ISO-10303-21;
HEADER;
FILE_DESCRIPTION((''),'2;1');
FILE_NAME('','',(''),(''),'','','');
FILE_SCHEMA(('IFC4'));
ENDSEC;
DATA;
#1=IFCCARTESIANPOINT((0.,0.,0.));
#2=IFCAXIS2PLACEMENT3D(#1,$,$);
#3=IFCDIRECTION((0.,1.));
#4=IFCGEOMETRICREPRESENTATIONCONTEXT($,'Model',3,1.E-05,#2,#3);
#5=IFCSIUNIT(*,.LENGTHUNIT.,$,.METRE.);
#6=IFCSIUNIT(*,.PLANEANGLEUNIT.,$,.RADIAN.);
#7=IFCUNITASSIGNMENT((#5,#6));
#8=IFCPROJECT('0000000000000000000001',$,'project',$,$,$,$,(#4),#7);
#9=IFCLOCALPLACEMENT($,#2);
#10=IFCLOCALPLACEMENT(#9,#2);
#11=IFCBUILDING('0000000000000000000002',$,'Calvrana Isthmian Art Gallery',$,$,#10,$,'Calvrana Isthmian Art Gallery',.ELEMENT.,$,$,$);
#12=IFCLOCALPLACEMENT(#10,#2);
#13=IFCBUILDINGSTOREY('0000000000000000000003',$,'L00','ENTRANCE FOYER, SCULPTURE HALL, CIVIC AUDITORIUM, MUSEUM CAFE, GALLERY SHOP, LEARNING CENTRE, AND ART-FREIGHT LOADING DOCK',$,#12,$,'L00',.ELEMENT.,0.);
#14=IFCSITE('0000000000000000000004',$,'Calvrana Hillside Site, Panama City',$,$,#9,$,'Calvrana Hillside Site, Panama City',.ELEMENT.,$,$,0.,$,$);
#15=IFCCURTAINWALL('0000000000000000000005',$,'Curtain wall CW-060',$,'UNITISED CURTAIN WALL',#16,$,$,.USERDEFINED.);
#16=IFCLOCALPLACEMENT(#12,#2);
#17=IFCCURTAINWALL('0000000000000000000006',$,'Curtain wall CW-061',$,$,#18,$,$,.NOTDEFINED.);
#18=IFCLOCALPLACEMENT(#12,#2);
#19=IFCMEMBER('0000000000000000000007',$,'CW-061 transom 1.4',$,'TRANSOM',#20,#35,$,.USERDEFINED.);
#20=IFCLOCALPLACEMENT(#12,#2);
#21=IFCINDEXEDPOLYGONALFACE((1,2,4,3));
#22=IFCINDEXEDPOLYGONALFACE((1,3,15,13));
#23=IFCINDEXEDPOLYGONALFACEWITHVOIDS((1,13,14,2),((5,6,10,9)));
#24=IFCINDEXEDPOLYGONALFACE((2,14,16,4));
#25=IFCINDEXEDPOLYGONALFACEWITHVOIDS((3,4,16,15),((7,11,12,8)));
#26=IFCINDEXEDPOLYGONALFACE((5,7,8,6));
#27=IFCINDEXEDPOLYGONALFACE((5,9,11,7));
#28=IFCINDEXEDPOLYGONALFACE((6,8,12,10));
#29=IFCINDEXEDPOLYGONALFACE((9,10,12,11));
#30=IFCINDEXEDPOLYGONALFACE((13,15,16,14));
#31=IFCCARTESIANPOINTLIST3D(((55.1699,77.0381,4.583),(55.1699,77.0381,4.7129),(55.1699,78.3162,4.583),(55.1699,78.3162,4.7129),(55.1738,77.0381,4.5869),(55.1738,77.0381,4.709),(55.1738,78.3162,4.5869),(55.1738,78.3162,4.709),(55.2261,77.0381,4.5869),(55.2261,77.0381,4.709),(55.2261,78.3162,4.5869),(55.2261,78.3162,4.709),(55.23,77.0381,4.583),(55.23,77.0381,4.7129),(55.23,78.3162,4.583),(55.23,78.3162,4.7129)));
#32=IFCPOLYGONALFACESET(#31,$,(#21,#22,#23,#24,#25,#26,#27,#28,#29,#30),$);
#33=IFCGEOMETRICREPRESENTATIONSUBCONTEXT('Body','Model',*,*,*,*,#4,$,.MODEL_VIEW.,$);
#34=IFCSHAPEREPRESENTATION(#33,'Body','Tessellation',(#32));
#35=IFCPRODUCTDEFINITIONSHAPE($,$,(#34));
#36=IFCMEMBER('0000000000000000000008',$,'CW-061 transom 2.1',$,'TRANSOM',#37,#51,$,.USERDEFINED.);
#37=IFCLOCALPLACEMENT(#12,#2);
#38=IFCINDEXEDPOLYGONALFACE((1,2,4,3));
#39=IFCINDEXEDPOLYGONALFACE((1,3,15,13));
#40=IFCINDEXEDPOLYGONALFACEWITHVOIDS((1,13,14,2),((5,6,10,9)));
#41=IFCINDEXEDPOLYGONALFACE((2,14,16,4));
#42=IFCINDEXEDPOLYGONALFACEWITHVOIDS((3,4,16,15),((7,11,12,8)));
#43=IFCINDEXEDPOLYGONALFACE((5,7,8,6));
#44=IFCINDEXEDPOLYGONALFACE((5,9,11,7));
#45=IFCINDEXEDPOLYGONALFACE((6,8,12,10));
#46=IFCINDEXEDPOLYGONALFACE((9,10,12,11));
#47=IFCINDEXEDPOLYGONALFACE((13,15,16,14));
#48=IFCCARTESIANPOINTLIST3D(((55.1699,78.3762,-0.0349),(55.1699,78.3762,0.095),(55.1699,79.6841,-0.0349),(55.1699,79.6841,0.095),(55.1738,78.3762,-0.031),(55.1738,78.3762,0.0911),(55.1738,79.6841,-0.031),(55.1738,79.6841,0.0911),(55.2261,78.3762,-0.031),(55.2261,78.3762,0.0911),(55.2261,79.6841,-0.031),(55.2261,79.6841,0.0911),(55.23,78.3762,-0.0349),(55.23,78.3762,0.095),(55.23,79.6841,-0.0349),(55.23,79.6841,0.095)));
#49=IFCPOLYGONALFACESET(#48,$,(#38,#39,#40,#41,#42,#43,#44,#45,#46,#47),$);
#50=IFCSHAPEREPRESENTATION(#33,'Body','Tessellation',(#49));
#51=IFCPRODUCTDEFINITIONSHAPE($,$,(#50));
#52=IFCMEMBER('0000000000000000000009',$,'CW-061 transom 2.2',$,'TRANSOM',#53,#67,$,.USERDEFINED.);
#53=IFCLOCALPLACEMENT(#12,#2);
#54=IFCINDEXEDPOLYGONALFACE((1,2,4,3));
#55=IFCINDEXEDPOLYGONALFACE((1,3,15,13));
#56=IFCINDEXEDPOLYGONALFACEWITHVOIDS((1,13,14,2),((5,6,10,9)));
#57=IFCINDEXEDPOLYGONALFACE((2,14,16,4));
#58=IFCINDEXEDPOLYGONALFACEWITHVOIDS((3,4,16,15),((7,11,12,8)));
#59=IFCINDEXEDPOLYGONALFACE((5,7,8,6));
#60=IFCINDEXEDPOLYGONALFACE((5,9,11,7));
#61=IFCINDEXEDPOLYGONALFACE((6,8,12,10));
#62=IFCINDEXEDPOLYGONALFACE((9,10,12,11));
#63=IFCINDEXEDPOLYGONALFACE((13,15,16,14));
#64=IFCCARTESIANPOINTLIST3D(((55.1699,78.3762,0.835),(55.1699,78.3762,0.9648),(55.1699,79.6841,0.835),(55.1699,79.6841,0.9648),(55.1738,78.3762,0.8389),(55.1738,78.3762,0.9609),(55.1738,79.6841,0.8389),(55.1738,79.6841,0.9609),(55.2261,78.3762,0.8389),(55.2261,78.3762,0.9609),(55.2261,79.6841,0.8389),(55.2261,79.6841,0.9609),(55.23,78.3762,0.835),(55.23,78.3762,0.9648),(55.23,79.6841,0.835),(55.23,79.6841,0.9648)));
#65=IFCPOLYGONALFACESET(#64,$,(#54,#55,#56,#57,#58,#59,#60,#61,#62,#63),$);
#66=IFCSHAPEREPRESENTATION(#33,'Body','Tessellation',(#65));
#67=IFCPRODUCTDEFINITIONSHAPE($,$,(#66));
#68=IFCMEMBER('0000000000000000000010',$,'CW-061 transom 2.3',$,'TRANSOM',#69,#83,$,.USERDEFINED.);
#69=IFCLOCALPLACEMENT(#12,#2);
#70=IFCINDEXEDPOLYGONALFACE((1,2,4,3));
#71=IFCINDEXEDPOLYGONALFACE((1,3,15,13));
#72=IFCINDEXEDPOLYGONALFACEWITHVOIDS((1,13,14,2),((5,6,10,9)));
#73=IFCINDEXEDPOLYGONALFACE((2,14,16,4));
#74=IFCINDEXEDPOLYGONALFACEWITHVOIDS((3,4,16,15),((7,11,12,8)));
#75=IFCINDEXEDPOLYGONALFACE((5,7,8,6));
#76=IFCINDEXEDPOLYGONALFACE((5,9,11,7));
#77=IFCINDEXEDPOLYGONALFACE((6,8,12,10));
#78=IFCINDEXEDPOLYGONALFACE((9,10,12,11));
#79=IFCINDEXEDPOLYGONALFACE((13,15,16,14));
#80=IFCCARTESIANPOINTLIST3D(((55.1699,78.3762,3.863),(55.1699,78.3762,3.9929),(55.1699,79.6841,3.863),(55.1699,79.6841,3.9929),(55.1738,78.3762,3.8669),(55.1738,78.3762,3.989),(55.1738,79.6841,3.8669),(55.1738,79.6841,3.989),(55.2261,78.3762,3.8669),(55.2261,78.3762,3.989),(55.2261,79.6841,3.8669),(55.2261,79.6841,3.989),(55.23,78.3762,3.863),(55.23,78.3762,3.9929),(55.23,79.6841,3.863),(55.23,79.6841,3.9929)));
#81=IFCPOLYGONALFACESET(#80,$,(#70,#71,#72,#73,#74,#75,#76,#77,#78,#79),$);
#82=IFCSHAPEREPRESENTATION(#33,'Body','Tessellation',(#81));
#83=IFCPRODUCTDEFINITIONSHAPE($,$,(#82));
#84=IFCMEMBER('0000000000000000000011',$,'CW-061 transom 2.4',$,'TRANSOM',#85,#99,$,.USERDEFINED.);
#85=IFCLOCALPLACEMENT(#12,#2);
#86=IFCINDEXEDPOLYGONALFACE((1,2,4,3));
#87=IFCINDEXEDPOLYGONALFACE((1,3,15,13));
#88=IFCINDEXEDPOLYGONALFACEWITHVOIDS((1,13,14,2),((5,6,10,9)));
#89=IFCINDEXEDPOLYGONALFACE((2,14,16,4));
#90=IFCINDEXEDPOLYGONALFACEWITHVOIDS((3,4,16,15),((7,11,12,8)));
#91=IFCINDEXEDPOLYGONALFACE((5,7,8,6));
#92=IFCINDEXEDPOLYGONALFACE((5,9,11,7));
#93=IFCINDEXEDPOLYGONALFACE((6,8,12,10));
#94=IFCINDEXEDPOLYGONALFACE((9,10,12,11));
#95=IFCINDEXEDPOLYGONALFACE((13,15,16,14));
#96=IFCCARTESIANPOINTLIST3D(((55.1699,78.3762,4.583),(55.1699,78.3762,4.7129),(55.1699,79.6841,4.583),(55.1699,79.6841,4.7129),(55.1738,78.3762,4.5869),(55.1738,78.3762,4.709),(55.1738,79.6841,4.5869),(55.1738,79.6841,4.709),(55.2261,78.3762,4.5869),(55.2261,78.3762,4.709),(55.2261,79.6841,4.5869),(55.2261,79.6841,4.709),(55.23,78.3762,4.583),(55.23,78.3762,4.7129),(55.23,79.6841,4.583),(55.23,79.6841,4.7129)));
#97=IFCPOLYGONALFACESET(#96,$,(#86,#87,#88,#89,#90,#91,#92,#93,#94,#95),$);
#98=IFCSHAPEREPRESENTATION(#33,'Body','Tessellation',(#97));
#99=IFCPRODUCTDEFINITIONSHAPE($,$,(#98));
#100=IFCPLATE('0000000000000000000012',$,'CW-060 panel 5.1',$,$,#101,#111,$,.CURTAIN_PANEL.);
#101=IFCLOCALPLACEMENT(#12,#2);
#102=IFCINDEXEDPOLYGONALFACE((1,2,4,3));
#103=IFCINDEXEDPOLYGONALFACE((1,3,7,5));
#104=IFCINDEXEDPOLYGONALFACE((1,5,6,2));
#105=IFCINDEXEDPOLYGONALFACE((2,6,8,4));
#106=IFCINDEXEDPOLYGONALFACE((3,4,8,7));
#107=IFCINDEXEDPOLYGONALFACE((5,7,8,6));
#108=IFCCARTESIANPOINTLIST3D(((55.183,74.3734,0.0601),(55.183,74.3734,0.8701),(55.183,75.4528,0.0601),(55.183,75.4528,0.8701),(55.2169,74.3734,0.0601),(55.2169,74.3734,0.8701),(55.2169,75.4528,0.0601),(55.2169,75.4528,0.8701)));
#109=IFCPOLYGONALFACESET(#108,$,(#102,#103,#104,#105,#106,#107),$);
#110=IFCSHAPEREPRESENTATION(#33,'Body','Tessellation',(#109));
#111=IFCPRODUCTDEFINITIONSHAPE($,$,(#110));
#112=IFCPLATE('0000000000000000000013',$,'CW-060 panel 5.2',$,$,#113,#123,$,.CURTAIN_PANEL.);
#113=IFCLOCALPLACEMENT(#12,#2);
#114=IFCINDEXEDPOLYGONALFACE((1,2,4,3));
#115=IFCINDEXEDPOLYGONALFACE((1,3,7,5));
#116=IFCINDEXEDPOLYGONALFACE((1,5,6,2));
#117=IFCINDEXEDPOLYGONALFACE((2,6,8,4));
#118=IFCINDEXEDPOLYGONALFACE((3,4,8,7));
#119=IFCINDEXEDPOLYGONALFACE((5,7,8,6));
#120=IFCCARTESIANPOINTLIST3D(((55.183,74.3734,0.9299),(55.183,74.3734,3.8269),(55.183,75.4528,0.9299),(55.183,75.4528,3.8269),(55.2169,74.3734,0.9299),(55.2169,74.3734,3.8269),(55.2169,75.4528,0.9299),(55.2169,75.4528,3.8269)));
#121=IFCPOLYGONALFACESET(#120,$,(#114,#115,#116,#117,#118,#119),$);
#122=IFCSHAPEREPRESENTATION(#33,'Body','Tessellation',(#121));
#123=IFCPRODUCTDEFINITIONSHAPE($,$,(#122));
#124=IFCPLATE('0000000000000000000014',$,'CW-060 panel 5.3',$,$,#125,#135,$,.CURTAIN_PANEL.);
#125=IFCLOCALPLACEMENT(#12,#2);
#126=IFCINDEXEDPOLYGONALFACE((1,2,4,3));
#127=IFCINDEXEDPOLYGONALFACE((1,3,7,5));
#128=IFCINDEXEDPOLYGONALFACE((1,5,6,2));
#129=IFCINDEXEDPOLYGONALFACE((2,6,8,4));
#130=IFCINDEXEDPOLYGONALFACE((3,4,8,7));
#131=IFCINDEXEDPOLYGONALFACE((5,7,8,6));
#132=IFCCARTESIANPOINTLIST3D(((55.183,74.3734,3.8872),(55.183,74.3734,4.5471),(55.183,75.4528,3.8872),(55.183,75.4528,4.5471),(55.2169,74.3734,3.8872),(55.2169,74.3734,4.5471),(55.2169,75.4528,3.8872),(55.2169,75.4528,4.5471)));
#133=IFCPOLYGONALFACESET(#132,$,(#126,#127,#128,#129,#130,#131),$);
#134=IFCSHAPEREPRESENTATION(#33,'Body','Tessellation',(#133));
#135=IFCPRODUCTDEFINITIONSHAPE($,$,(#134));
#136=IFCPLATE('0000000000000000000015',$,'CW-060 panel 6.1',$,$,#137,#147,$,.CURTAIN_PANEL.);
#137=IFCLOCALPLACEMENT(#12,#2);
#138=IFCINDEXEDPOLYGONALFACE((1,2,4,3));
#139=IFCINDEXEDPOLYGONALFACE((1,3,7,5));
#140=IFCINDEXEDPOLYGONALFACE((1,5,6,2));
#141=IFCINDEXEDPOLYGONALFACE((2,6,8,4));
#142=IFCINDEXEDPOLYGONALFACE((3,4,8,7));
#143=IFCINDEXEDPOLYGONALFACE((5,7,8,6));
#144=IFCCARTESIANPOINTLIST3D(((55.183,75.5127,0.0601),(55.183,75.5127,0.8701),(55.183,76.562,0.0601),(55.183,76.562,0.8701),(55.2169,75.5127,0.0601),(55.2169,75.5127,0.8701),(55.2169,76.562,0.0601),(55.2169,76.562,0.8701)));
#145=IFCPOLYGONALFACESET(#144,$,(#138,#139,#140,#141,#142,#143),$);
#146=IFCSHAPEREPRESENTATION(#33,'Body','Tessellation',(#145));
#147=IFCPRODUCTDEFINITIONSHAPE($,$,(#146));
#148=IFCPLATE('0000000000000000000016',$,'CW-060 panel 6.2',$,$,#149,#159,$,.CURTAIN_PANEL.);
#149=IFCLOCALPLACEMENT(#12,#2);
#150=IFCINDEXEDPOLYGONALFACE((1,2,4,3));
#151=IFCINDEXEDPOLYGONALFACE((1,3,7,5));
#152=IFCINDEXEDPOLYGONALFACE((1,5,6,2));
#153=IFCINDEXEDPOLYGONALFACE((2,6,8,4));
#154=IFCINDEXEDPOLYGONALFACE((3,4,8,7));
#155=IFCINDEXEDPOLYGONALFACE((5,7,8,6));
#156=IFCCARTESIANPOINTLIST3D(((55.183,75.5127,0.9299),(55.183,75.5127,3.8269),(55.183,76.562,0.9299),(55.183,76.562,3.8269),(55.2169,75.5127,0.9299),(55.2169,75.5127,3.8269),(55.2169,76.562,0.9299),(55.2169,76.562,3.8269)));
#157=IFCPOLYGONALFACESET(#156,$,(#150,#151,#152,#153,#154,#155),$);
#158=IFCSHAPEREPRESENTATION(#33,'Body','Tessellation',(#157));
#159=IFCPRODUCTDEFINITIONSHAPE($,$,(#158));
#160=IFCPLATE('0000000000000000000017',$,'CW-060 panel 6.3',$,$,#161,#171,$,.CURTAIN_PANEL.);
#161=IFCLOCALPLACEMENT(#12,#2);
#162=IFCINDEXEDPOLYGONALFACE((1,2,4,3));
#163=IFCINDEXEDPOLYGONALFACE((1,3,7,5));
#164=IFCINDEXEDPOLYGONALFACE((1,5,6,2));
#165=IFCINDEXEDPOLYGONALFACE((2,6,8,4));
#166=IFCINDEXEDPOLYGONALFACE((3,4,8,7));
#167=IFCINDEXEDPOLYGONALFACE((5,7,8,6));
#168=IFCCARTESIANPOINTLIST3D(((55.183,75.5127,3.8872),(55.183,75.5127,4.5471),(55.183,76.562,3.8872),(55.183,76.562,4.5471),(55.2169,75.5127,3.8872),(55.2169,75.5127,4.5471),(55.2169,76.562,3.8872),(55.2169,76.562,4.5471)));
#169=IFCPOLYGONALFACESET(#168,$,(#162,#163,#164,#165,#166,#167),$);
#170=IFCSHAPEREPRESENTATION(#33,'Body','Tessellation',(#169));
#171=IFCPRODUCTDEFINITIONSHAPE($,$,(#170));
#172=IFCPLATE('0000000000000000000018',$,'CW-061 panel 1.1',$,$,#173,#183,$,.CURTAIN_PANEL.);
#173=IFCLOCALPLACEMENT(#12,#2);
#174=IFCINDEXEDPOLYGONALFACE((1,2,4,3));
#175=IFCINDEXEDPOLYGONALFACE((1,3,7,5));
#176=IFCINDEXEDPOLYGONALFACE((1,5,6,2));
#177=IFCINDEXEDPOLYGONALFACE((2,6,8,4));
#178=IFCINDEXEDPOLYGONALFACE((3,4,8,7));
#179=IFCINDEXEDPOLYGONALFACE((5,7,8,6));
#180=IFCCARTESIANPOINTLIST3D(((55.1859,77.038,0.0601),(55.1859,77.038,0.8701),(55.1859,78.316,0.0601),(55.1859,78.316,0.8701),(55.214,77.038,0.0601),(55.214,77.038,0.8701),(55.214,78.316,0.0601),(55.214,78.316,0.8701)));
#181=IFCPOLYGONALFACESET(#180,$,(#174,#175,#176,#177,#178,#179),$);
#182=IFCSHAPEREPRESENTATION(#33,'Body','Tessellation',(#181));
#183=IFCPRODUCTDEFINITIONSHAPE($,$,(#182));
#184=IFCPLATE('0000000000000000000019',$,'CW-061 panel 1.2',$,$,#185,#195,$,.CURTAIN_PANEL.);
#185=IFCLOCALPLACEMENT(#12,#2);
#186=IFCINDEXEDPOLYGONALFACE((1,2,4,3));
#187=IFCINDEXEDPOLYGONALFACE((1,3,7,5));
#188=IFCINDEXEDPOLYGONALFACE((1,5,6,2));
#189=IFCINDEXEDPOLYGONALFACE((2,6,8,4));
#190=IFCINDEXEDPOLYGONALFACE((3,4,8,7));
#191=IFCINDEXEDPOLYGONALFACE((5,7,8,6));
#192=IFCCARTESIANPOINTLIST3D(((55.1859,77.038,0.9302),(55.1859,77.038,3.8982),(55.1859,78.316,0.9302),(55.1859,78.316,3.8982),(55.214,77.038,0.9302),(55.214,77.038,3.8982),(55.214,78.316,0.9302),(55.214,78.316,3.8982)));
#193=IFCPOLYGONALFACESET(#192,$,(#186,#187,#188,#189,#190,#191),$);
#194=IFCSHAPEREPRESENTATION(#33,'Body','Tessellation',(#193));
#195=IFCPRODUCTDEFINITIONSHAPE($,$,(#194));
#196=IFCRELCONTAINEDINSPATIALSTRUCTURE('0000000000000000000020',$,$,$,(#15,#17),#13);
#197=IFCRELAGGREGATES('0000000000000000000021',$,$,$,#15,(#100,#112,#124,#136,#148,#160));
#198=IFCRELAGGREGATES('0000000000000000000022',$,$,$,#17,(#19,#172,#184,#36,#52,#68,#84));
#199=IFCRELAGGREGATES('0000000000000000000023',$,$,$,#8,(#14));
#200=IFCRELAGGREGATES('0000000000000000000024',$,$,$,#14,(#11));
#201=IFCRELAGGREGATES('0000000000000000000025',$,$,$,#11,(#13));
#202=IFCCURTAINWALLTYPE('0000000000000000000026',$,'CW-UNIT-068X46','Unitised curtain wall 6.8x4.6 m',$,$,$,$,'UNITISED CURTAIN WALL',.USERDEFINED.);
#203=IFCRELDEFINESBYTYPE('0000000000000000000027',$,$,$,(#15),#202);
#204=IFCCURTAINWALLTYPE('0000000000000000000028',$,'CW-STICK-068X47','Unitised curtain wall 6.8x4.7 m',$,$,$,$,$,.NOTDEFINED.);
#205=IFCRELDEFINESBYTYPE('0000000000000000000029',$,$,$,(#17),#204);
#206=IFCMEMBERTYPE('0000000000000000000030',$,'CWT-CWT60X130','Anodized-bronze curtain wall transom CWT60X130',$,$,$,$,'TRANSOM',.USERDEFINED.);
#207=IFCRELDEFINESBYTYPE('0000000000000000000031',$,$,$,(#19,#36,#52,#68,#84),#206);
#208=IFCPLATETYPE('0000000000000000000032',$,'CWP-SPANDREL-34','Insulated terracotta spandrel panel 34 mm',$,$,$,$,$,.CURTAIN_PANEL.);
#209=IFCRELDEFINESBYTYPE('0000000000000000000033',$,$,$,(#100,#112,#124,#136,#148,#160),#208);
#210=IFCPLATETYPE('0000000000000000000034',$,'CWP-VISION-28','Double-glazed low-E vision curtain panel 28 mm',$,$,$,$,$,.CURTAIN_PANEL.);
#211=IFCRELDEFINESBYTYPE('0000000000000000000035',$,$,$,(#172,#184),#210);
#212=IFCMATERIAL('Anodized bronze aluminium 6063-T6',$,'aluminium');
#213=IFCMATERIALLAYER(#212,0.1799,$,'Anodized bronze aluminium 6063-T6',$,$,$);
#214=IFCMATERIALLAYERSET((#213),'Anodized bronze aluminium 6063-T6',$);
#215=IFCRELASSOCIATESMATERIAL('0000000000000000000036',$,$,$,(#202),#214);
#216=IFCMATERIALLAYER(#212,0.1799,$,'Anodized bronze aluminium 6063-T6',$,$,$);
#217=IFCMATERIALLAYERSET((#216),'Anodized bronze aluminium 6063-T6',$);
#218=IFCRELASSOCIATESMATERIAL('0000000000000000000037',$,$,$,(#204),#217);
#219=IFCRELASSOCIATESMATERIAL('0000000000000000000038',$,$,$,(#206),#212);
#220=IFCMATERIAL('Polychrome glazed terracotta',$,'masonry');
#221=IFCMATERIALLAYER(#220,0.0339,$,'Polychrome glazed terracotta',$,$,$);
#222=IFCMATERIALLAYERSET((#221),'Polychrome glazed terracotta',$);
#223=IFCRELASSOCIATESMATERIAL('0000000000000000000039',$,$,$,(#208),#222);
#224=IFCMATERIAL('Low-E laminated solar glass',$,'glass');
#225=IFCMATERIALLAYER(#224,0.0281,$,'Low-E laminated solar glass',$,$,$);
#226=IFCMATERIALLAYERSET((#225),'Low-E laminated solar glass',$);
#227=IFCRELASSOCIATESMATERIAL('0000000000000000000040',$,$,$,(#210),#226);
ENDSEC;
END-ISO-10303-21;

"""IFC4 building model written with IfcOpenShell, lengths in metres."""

from ifc_helpers import new_model, si_unit, direction, frame, origin, origin_2d, place, context, subcontext, project, spatial, rectangle, hollow_rectangle, extrude, material, layer, layer_set, material_profile, profile_set, type_object, element, aggregate, save


model = new_model("IFC4")

# Units and contexts
model_context = context("Model", 3, precision=1e-05, world=origin(), true_north=direction((0.0, 1.0)))
body_context = subcontext(model_context, "Body", "Model", "MODEL_VIEW")
ifc_project = project(units=[si_unit("LENGTHUNIT", "METRE"), si_unit("PLANEANGLEUNIT", "RADIAN")], contexts=[model_context])

# Site, building, storey
site_placement = place(None, origin())
site = spatial("IfcSite", under=ifc_project, at=site_placement, Name="Calvrana Hillside Site, Panama City", LongName="Calvrana Hillside Site, Panama City", CompositionType="ELEMENT", RefElevation=0.0)
building_placement = place(site_placement, origin())
building = spatial("IfcBuilding", under=site, at=building_placement, Name="Calvrana Isthmian Art Gallery", LongName="Calvrana Isthmian Art Gallery", CompositionType="ELEMENT")
storey_placement = place(building_placement, origin())
storey = spatial("IfcBuildingStorey", under=building, at=storey_placement, Name="L00", Description="ENTRANCE FOYER, SCULPTURE HALL, CIVIC AUDITORIUM, MUSEUM CAFE, GALLERY SHOP, LEARNING CENTRE, AND ART-FREIGHT LOADING DOCK", LongName="L00", CompositionType="ELEMENT", Elevation=0.0)

# Curtain walls
ifc_material_1 = material(Name="Anodized bronze aluminium 6063-T6", Category="aluminium")
ifc_layer_1 = layer(ifc_material_1, 0.1799, Name="Anodized bronze aluminium 6063-T6")
ifc_layer_set_1 = layer_set([ifc_layer_1], Name="Anodized bronze aluminium 6063-T6")
curtain_wall_type_1 = type_object("IfcCurtainWallType", Name="CW-UNIT-068X46", Description="Unitised curtain wall 6.8x4.6 m", ElementType="UNITISED CURTAIN WALL", PredefinedType="USERDEFINED", material=ifc_layer_set_1)
curtain_wall_1_placement = place(storey_placement, origin())
curtain_wall_1 = element("IfcCurtainWall", 1, at=curtain_wall_1_placement, inside=storey, type_object=curtain_wall_type_1, Name="Curtain wall CW-060", ObjectType="UNITISED CURTAIN WALL", PredefinedType="USERDEFINED")
ifc_layer_2 = layer(ifc_material_1, 0.1799, Name="Anodized bronze aluminium 6063-T6")
ifc_layer_set_2 = layer_set([ifc_layer_2], Name="Anodized bronze aluminium 6063-T6")
curtain_wall_type_2 = type_object("IfcCurtainWallType", Name="CW-STICK-068X47", Description="Unitised curtain wall 6.8x4.7 m", PredefinedType="NOTDEFINED", material=ifc_layer_set_2)
curtain_wall_2_placement = place(storey_placement, origin())
curtain_wall_2 = element("IfcCurtainWall", 2, at=curtain_wall_2_placement, inside=storey, type_object=curtain_wall_type_2, Name="Curtain wall CW-061", PredefinedType="NOTDEFINED")

# Members
ifc_material_profile_1 = material_profile(ifc_material_1, hollow_rectangle(XDim=0.0601, YDim=0.1299, WallThickness=0.0039, at=origin_2d()), Name="CWT60X130")
ifc_profile_set_1 = profile_set([ifc_material_profile_1], Name="Anodized bronze aluminium 6063-T6")
member_type_1 = type_object("IfcMemberType", Name="CWT-CWT60X130", Description="Anodized-bronze curtain wall transom CWT60X130", ElementType="TRANSOM", PredefinedType="USERDEFINED", material=ifc_profile_set_1)
member_1_placement = place(storey_placement, frame((55.2, 77.0381, 4.6479), z_axis=(0.0, 1.0, 0.0), x_axis=(-1.0, 0.0, 0.0)))
member_1 = element("IfcMember", 3, at=member_1_placement, type_object=member_type_1, Name="CW-061 transom 1.4", ObjectType="TRANSOM", PredefinedType="USERDEFINED", context=body_context, shape_type="SweptSolid", body=[
    extrude(hollow_rectangle(XDim=0.0601, YDim=0.1299, WallThickness=0.0039, at=origin_2d()), origin(), (0.0, 0.0, 1.0), 1.2781),
])
member_2_placement = place(storey_placement, frame((55.2, 78.3762, 0.03), z_axis=(0.0, 1.0, 0.0), x_axis=(-1.0, 0.0, 0.0)))
member_2 = element("IfcMember", 4, at=member_2_placement, type_object=member_type_1, Name="CW-061 transom 2.1", ObjectType="TRANSOM", PredefinedType="USERDEFINED", context=body_context, shape_type="SweptSolid", body=[
    extrude(hollow_rectangle(XDim=0.0601, YDim=0.1299, WallThickness=0.0039, at=origin_2d()), origin(), (0.0, 0.0, 1.0), 1.3079),
])
member_3_placement = place(storey_placement, frame((55.2, 78.3762, 0.8999), z_axis=(0.0, 1.0, 0.0), x_axis=(-1.0, 0.0, 0.0)))
member_3 = element("IfcMember", 5, at=member_3_placement, type_object=member_type_1, Name="CW-061 transom 2.2", ObjectType="TRANSOM", PredefinedType="USERDEFINED", context=body_context, shape_type="SweptSolid", body=[
    extrude(hollow_rectangle(XDim=0.0601, YDim=0.1299, WallThickness=0.0039, at=origin_2d()), origin(), (0.0, 0.0, 1.0), 1.3079),
])
member_4_placement = place(storey_placement, frame((55.2, 78.3762, 3.928), z_axis=(0.0, 1.0, 0.0), x_axis=(-1.0, 0.0, 0.0)))
member_4 = element("IfcMember", 6, at=member_4_placement, type_object=member_type_1, Name="CW-061 transom 2.3", ObjectType="TRANSOM", PredefinedType="USERDEFINED", context=body_context, shape_type="SweptSolid", body=[
    extrude(hollow_rectangle(XDim=0.0601, YDim=0.1299, WallThickness=0.0039, at=origin_2d()), origin(), (0.0, 0.0, 1.0), 1.3079),
])
member_5_placement = place(storey_placement, frame((55.2, 78.3762, 4.6479), z_axis=(0.0, 1.0, 0.0), x_axis=(-1.0, 0.0, 0.0)))
member_5 = element("IfcMember", 7, at=member_5_placement, type_object=member_type_1, Name="CW-061 transom 2.4", ObjectType="TRANSOM", PredefinedType="USERDEFINED", context=body_context, shape_type="SweptSolid", body=[
    extrude(hollow_rectangle(XDim=0.0601, YDim=0.1299, WallThickness=0.0039, at=origin_2d()), origin(), (0.0, 0.0, 1.0), 1.3079),
])

# Plates
ifc_material_2 = material(Name="Polychrome glazed terracotta", Category="masonry")
ifc_layer_3 = layer(ifc_material_2, 0.0339, Name="Polychrome glazed terracotta")
ifc_layer_set_3 = layer_set([ifc_layer_3], Name="Polychrome glazed terracotta")
plate_type_1 = type_object("IfcPlateType", Name="CWP-SPANDREL-34", Description="Insulated terracotta spandrel panel 34 mm", PredefinedType="CURTAIN_PANEL", material=ifc_layer_set_3)
plate_1_placement = place(storey_placement, frame((55.2, 74.9131, 0.0601), z_axis=(0.0, 0.0, 1.0), x_axis=(0.0, 1.0, 0.0)))
plate_1 = element("IfcPlate", 8, at=plate_1_placement, type_object=plate_type_1, Name="CW-060 panel 5.1", PredefinedType="CURTAIN_PANEL", context=body_context, shape_type="SweptSolid", body=[
    extrude(rectangle(XDim=1.0793, YDim=0.0339, at=origin_2d()), origin(), (0.0, 0.0, 1.0), 0.8101),
])
plate_2_placement = place(storey_placement, frame((55.2, 74.9131, 0.9299), z_axis=(0.0, 0.0, 1.0), x_axis=(0.0, 1.0, 0.0)))
plate_2 = element("IfcPlate", 9, at=plate_2_placement, type_object=plate_type_1, Name="CW-060 panel 5.2", PredefinedType="CURTAIN_PANEL", context=body_context, shape_type="SweptSolid", body=[
    extrude(rectangle(XDim=1.0793, YDim=0.0339, at=origin_2d()), origin(), (0.0, 0.0, 1.0), 2.897),
])
plate_3_placement = place(storey_placement, frame((55.2, 74.9131, 3.8872), z_axis=(0.0, 0.0, 1.0), x_axis=(0.0, 1.0, 0.0)))
plate_3 = element("IfcPlate", 10, at=plate_3_placement, type_object=plate_type_1, Name="CW-060 panel 5.3", PredefinedType="CURTAIN_PANEL", context=body_context, shape_type="SweptSolid", body=[
    extrude(rectangle(XDim=1.0793, YDim=0.0339, at=origin_2d()), origin(), (0.0, 0.0, 1.0), 0.6599),
])
plate_4_placement = place(storey_placement, frame((55.2, 76.0374, 0.0601), z_axis=(0.0, 0.0, 1.0), x_axis=(0.0, 1.0, 0.0)))
plate_4 = element("IfcPlate", 11, at=plate_4_placement, type_object=plate_type_1, Name="CW-060 panel 6.1", PredefinedType="CURTAIN_PANEL", context=body_context, shape_type="SweptSolid", body=[
    extrude(rectangle(XDim=1.0493, YDim=0.0339, at=origin_2d()), origin(), (0.0, 0.0, 1.0), 0.8101),
])
plate_5_placement = place(storey_placement, frame((55.2, 76.0374, 0.9299), z_axis=(0.0, 0.0, 1.0), x_axis=(0.0, 1.0, 0.0)))
plate_5 = element("IfcPlate", 12, at=plate_5_placement, type_object=plate_type_1, Name="CW-060 panel 6.2", PredefinedType="CURTAIN_PANEL", context=body_context, shape_type="SweptSolid", body=[
    extrude(rectangle(XDim=1.0493, YDim=0.0339, at=origin_2d()), origin(), (0.0, 0.0, 1.0), 2.897),
])
plate_6_placement = place(storey_placement, frame((55.2, 76.0374, 3.8872), z_axis=(0.0, 0.0, 1.0), x_axis=(0.0, 1.0, 0.0)))
plate_6 = element("IfcPlate", 13, at=plate_6_placement, type_object=plate_type_1, Name="CW-060 panel 6.3", PredefinedType="CURTAIN_PANEL", context=body_context, shape_type="SweptSolid", body=[
    extrude(rectangle(XDim=1.0493, YDim=0.0339, at=origin_2d()), origin(), (0.0, 0.0, 1.0), 0.6599),
])
aggregate(curtain_wall_1, [plate_1, plate_2, plate_3, plate_4, plate_5, plate_6])
ifc_material_3 = material(Name="Low-E laminated solar glass", Category="glass")
ifc_layer_4 = layer(ifc_material_3, 0.0281, Name="Low-E laminated solar glass")
ifc_layer_set_4 = layer_set([ifc_layer_4], Name="Low-E laminated solar glass")
plate_type_2 = type_object("IfcPlateType", Name="CWP-VISION-28", Description="Double-glazed low-E vision curtain panel 28 mm", PredefinedType="CURTAIN_PANEL", material=ifc_layer_set_4)
plate_7_placement = place(storey_placement, frame((55.2, 77.677, 0.0601), z_axis=(0.0, 0.0, 1.0), x_axis=(0.0, 1.0, 0.0)))
plate_7 = element("IfcPlate", 14, at=plate_7_placement, type_object=plate_type_2, Name="CW-061 panel 1.1", PredefinedType="CURTAIN_PANEL", context=body_context, shape_type="SweptSolid", body=[
    extrude(rectangle(XDim=1.2781, YDim=0.0281, at=origin_2d()), origin(), (0.0, 0.0, 1.0), 0.8101),
])
plate_8_placement = place(storey_placement, frame((55.2, 77.677, 0.9302), z_axis=(0.0, 0.0, 1.0), x_axis=(0.0, 1.0, 0.0)))
plate_8 = element("IfcPlate", 15, at=plate_8_placement, type_object=plate_type_2, Name="CW-061 panel 1.2", PredefinedType="CURTAIN_PANEL", context=body_context, shape_type="SweptSolid", body=[
    extrude(rectangle(XDim=1.2781, YDim=0.0281, at=origin_2d()), origin(), (0.0, 0.0, 1.0), 2.968),
])
aggregate(curtain_wall_2, [member_1, plate_7, plate_8, member_2, member_3, member_4, member_5])

save(model, "model.ifc")
